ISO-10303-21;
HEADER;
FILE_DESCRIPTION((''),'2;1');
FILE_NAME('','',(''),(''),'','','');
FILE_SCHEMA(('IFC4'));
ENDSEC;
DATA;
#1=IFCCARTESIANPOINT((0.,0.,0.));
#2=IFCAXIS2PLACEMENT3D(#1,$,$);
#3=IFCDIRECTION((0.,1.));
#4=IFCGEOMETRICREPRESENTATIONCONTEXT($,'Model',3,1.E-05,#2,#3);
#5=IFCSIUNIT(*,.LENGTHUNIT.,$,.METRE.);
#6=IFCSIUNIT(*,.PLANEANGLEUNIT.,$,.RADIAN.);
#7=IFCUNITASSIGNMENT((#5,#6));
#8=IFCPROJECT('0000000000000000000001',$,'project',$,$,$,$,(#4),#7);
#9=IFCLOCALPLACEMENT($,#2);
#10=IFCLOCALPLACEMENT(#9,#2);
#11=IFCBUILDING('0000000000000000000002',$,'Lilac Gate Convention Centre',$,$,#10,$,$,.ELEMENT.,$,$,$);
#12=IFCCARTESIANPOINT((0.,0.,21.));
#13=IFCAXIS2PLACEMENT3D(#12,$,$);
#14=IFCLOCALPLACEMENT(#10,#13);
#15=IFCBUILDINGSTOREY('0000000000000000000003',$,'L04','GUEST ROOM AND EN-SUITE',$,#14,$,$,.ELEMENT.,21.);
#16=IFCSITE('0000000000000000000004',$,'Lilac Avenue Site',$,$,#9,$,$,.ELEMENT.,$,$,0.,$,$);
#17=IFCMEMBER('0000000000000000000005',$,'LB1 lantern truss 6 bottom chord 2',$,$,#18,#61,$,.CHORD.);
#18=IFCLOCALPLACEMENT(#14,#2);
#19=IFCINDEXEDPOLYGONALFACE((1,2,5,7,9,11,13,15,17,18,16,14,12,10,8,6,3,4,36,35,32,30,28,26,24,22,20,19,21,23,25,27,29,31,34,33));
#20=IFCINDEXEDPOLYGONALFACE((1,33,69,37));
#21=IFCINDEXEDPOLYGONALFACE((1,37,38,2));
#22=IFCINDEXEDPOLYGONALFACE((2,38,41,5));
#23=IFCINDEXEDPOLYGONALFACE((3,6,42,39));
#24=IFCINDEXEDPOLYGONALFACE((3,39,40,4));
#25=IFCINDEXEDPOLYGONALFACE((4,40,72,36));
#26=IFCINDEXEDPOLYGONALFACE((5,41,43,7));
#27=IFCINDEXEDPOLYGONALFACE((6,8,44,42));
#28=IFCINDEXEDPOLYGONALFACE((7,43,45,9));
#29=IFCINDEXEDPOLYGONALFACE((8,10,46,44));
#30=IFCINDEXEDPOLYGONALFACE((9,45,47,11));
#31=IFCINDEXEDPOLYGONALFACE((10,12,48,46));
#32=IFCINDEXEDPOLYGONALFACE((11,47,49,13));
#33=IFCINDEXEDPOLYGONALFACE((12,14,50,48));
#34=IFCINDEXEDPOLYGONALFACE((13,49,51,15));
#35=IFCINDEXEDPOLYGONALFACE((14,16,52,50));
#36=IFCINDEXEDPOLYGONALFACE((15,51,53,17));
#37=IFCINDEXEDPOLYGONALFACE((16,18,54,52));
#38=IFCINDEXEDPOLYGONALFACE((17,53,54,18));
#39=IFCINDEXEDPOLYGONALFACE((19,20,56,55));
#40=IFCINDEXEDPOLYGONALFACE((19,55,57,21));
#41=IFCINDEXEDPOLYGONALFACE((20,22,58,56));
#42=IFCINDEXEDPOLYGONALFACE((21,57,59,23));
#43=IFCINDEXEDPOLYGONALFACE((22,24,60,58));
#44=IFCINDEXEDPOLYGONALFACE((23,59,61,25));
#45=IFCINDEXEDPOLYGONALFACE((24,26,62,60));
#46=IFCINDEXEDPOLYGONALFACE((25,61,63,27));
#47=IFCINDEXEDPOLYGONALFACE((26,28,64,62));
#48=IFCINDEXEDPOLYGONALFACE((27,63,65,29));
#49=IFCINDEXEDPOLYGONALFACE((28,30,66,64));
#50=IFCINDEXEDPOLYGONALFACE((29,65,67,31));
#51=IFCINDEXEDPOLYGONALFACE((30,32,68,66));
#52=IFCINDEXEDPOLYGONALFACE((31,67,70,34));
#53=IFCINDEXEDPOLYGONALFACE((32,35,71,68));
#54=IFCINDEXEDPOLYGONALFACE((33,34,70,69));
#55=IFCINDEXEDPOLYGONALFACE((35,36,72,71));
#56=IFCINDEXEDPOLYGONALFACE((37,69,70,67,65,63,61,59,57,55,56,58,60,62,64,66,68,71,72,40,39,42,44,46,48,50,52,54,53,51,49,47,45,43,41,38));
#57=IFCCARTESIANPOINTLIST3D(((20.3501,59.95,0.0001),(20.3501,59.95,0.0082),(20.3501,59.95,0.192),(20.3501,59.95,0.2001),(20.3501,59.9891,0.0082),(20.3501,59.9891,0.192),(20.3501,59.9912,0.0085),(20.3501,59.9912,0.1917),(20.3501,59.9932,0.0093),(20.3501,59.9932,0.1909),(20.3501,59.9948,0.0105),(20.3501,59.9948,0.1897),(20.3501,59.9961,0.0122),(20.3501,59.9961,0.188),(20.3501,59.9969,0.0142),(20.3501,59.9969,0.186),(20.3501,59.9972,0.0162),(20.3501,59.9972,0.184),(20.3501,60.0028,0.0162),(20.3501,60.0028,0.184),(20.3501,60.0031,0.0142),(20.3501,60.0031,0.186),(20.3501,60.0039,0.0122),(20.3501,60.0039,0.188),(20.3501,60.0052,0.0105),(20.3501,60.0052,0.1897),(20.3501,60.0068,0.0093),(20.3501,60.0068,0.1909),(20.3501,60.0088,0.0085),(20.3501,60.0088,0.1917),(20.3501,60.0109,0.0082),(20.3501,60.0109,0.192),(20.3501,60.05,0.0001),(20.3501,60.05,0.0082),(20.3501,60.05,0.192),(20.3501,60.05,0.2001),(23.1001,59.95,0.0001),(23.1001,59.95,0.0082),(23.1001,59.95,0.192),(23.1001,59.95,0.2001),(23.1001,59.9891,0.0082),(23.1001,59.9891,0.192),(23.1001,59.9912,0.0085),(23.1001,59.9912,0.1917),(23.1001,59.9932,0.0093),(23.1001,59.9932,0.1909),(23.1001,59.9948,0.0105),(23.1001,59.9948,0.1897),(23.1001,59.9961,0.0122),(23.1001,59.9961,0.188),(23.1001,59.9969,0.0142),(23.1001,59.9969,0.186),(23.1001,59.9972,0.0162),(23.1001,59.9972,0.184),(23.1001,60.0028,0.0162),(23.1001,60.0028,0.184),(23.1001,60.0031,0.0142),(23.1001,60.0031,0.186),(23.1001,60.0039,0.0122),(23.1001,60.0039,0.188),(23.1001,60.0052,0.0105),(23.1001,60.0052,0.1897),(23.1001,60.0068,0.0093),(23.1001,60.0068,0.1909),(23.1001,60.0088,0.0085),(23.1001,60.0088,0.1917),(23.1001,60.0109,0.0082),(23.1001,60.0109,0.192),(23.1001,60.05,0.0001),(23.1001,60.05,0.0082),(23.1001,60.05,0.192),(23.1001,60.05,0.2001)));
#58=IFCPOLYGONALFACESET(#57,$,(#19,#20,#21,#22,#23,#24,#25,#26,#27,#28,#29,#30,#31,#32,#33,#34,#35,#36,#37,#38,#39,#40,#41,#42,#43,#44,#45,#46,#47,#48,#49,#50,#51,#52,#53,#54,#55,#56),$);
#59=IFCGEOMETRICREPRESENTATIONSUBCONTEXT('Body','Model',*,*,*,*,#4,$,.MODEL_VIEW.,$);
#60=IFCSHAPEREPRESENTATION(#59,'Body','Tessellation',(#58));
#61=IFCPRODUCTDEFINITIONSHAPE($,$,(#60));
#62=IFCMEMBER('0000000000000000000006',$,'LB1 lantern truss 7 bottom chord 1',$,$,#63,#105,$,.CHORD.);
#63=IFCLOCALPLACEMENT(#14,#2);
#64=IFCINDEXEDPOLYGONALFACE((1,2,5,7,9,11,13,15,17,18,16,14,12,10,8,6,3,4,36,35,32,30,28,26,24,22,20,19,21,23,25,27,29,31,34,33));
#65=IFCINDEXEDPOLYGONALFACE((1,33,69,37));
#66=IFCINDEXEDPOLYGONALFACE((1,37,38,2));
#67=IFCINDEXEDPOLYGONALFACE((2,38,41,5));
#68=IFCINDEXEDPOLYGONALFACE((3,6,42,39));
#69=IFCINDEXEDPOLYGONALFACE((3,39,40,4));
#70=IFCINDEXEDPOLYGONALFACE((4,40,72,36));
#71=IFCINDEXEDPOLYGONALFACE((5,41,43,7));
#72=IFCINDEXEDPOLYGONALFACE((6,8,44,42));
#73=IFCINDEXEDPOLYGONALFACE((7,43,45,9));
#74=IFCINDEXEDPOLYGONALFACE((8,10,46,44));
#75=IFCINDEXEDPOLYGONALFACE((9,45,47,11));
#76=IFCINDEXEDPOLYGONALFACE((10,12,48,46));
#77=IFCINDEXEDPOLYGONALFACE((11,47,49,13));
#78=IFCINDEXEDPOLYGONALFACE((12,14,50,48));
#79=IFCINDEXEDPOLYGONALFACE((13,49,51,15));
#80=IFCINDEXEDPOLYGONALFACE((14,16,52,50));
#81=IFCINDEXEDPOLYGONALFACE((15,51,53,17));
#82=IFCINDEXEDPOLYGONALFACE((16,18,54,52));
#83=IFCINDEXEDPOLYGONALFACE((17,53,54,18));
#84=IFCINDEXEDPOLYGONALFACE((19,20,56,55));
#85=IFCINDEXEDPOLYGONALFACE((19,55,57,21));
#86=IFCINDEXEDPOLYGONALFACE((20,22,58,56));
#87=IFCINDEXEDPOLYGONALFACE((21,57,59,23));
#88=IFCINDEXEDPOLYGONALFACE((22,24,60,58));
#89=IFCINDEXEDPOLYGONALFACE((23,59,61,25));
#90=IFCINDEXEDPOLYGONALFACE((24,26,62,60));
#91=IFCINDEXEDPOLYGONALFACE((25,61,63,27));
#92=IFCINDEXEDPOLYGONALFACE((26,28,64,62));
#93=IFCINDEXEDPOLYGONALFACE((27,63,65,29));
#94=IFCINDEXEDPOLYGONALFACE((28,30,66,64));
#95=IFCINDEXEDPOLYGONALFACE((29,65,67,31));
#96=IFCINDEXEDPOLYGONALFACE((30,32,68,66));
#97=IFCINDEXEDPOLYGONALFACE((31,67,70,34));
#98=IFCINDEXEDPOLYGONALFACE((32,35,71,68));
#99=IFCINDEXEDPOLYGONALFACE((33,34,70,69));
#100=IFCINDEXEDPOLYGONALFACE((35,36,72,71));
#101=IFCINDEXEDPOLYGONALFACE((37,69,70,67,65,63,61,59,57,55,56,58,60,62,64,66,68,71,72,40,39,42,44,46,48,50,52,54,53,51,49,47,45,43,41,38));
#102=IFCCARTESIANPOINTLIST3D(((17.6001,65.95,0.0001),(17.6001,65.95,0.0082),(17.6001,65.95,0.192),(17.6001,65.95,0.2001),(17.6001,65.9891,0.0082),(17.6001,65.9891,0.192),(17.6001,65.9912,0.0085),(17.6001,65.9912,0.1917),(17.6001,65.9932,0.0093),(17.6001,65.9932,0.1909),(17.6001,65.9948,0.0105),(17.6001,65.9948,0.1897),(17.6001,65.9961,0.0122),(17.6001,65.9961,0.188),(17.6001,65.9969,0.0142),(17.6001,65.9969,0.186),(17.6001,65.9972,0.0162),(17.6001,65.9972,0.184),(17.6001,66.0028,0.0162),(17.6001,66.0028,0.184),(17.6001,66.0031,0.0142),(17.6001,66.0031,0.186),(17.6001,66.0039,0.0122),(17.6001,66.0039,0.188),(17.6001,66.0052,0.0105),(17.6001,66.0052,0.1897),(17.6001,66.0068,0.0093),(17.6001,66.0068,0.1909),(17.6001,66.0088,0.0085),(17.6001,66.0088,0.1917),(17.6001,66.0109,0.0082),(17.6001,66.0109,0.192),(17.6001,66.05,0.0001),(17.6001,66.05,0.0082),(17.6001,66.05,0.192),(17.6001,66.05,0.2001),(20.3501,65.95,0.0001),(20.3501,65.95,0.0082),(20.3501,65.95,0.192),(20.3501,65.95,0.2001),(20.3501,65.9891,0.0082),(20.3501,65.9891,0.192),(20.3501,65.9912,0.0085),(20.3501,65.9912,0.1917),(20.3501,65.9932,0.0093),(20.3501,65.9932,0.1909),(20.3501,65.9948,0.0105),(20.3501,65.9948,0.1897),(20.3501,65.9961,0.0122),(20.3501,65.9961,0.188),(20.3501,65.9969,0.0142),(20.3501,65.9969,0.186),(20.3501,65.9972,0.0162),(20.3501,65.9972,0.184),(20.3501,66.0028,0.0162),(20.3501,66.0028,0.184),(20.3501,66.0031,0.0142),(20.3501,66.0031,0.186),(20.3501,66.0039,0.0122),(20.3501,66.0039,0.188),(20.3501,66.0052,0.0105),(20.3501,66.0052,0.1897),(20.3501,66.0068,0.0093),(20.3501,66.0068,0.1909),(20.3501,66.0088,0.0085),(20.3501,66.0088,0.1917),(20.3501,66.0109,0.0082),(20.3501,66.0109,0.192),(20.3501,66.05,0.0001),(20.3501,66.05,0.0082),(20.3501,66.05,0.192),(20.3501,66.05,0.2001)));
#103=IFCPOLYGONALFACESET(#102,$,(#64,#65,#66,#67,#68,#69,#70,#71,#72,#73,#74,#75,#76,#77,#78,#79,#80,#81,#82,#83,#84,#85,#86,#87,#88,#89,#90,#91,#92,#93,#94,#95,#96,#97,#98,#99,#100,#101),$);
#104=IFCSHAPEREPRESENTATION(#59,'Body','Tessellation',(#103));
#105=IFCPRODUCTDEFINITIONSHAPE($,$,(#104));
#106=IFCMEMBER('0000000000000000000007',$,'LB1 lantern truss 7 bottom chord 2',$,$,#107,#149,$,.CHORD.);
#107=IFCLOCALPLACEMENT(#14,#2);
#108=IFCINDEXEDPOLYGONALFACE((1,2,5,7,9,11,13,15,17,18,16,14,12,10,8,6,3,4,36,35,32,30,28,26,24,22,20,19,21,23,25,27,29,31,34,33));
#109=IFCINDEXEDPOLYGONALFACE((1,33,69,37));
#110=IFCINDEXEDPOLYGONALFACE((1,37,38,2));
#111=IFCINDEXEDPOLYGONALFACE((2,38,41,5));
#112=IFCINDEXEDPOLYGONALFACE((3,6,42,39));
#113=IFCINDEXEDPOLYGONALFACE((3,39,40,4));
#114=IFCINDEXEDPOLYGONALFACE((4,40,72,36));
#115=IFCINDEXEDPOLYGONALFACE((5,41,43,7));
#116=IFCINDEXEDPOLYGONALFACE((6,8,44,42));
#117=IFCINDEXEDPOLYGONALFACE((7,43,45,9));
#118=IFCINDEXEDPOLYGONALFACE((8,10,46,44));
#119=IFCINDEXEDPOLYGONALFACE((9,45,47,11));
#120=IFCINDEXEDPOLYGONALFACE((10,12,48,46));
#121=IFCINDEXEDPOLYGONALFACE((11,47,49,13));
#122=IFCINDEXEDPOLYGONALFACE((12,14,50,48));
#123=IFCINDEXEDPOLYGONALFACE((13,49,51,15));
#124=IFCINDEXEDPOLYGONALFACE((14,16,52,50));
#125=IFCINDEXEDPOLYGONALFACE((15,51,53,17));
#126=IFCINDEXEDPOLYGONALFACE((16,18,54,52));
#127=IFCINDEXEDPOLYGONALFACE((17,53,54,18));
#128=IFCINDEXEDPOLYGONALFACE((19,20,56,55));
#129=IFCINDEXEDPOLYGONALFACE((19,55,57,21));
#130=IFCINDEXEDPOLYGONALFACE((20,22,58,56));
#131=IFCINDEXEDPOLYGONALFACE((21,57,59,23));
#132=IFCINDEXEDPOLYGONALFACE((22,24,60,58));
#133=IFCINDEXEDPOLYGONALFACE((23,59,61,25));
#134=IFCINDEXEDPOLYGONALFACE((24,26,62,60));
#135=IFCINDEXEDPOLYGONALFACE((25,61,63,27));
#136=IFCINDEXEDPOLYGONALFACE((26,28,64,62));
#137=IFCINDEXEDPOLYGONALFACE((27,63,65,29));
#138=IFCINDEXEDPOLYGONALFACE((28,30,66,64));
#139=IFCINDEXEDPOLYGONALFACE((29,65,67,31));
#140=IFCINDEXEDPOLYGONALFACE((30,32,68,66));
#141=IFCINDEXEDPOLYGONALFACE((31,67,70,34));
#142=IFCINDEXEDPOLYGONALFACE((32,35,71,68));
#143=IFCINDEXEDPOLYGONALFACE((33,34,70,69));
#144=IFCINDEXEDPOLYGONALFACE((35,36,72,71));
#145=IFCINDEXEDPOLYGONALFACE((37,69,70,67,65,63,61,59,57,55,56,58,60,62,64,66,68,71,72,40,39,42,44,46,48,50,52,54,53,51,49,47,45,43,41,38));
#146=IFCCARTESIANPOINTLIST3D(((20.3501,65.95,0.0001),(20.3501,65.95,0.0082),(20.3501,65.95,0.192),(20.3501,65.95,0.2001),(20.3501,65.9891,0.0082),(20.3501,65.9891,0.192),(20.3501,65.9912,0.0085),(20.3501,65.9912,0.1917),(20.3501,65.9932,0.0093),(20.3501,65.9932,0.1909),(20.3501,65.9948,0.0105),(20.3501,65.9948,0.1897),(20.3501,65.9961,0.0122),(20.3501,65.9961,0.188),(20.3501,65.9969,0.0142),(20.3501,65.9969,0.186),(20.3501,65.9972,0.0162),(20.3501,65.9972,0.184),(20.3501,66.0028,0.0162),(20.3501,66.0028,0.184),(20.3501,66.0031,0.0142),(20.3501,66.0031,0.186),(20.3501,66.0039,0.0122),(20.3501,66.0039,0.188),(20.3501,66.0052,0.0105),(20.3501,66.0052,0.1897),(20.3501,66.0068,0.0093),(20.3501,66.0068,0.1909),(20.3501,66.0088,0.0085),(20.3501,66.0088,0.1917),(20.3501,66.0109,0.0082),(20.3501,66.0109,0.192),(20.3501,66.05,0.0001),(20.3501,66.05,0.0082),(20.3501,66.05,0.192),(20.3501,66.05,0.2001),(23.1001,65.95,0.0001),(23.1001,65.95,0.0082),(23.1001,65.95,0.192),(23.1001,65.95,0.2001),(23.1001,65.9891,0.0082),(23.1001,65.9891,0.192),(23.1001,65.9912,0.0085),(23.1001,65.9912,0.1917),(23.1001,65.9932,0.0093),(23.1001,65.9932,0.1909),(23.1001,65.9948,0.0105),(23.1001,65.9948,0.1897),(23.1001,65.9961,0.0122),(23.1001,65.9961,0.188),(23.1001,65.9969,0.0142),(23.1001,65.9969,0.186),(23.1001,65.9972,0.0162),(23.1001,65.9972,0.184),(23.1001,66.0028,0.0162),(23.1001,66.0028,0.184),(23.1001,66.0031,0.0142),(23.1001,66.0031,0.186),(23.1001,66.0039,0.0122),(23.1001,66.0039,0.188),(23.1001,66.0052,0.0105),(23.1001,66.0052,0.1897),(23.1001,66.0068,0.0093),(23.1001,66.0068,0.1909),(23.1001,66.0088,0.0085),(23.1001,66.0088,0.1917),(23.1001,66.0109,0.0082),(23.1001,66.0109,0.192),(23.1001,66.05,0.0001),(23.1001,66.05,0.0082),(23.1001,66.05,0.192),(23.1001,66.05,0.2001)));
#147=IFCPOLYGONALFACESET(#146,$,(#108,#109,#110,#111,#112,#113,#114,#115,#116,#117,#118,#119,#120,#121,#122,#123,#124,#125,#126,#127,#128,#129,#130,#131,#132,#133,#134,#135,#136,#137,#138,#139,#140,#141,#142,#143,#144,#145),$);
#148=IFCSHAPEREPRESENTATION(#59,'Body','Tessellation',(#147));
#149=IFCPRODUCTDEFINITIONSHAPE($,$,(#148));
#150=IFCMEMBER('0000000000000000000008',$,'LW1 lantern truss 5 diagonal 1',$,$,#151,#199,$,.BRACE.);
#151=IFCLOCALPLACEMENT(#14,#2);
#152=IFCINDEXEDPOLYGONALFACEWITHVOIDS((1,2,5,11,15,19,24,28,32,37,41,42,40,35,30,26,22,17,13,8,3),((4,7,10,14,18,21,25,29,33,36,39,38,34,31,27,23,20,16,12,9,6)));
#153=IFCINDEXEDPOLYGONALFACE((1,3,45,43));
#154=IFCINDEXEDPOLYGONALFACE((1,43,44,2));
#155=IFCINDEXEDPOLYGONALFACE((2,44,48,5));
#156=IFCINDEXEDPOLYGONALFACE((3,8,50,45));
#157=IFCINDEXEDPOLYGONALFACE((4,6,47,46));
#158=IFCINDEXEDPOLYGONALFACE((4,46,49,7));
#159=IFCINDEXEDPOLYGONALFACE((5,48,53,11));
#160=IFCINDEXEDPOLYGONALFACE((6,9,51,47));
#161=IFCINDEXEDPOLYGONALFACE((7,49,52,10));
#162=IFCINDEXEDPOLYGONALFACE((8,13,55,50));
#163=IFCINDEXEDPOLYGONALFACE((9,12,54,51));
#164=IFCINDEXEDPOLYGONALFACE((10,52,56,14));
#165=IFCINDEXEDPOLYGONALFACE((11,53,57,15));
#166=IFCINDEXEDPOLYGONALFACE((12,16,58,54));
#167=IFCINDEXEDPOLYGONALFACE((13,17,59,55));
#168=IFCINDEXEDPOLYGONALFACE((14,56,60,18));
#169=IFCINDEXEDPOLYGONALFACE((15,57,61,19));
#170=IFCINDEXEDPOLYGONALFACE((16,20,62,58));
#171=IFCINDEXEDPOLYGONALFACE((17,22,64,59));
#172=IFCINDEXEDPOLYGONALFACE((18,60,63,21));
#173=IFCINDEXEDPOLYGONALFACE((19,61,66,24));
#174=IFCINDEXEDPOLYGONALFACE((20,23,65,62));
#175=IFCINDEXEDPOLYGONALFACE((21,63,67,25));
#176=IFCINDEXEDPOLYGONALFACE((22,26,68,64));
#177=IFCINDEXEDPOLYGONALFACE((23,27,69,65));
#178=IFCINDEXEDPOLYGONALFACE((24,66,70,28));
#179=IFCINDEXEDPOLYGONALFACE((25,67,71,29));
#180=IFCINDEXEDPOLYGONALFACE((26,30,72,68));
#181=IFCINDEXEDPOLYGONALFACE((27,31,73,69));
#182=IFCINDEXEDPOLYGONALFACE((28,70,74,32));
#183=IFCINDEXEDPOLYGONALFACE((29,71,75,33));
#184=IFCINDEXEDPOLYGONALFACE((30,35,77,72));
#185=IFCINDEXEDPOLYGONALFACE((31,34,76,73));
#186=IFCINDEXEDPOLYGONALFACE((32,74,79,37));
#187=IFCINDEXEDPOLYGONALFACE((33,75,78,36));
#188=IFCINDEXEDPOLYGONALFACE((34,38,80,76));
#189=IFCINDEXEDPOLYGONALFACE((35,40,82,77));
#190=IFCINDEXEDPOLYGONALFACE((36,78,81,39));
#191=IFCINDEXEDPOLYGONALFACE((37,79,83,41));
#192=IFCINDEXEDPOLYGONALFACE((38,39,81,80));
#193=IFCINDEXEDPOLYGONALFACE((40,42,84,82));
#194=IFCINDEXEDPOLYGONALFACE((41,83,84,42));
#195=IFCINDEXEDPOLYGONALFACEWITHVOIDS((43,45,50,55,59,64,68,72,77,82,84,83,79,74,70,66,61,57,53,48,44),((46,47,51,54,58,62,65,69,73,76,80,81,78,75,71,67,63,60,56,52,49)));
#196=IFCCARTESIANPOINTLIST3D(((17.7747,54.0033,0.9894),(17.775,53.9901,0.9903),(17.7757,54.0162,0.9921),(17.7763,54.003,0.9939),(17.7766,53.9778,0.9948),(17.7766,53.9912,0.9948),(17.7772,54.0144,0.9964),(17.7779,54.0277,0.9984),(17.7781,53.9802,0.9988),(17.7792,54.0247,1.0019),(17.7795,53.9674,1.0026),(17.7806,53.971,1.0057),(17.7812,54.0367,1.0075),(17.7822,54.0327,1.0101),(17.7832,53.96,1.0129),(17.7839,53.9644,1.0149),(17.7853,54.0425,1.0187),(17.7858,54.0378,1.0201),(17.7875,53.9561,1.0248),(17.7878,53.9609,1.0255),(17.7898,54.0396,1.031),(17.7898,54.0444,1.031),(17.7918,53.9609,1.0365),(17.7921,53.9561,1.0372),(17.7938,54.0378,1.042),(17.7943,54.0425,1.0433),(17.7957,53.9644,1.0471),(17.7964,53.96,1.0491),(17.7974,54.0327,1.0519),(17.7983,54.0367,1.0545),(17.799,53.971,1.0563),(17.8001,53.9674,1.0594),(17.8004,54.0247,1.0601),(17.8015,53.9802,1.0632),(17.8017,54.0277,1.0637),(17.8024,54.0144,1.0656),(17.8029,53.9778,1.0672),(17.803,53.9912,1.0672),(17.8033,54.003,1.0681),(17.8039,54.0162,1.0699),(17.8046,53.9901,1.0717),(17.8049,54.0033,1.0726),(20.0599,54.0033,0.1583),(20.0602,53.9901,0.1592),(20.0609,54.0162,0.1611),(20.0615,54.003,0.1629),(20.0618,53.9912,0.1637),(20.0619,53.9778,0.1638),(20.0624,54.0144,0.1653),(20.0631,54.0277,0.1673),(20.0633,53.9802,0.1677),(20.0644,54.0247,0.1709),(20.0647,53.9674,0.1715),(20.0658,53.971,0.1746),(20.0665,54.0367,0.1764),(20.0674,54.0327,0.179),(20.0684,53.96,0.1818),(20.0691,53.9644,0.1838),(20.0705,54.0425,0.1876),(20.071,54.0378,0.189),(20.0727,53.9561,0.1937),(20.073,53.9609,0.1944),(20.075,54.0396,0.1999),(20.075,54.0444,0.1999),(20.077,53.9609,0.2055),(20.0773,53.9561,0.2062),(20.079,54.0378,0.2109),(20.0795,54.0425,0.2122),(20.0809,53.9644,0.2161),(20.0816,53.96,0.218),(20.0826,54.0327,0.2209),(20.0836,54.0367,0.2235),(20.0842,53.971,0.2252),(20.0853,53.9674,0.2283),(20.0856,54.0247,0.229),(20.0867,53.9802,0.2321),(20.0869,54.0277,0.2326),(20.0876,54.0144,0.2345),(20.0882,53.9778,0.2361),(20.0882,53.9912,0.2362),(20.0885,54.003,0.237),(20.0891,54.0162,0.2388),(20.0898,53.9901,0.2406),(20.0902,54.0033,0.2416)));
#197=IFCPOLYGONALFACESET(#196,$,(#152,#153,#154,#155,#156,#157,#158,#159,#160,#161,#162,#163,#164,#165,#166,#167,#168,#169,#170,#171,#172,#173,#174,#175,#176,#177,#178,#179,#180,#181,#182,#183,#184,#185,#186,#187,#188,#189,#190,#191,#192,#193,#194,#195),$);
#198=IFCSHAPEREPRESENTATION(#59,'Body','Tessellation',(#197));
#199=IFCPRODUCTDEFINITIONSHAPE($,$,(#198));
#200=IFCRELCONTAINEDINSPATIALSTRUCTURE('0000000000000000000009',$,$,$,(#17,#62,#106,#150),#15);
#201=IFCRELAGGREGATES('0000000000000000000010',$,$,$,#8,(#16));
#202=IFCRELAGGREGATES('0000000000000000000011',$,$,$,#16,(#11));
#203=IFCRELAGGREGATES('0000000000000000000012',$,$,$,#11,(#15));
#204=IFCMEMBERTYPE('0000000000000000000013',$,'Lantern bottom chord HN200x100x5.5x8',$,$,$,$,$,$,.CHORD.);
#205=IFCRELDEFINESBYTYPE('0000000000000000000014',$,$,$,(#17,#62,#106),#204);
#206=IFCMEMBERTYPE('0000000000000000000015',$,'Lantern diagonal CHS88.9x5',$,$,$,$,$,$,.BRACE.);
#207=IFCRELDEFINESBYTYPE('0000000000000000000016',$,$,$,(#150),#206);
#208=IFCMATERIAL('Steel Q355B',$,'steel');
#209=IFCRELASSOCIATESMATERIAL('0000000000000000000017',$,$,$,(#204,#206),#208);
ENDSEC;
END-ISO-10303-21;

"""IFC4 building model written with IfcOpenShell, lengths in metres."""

from ifc_helpers import new_model, si_unit, direction, frame, origin, origin_2d, place, context, subcontext, project, spatial, hollow_circle, i_section, extrude, material, material_profile, profile_set, type_object, element, save


model = new_model("IFC4")

# Units and contexts
model_context = context("Model", 3, precision=1e-05, world=origin(), true_north=direction((0.0, 1.0)))
body_context = subcontext(model_context, "Body", "Model", "MODEL_VIEW")
ifc_project = project(units=[si_unit("LENGTHUNIT", "METRE"), si_unit("PLANEANGLEUNIT", "RADIAN")], contexts=[model_context])

# Site, building, storey
site_placement = place(None, origin())
site = spatial("IfcSite", under=ifc_project, at=site_placement, Name="Lilac Avenue Site", CompositionType="ELEMENT", RefElevation=0.0)
building_placement = place(site_placement, origin())
building = spatial("IfcBuilding", under=site, at=building_placement, Name="Lilac Gate Convention Centre", CompositionType="ELEMENT")
storey_placement = place(building_placement, frame((0.0, 0.0, 21.0)))
storey = spatial("IfcBuildingStorey", under=building, at=storey_placement, Name="L04", Description="GUEST ROOM AND EN-SUITE", CompositionType="ELEMENT", Elevation=21.0)

# Members
ifc_material_1 = material(Name="Steel Q355B", Category="steel")
ifc_material_profile_1 = material_profile(ifc_material_1, i_section(OverallWidth=0.1001, OverallDepth=0.2, WebThickness=0.0056, FlangeThickness=0.0081, FilletRadius=0.0081, at=origin_2d()), Name="HN200x100x5.5x8")
ifc_profile_set_1 = profile_set([ifc_material_profile_1], Name="Steel Q355B")
member_type_1 = type_object("IfcMemberType", Name="Lantern bottom chord HN200x100x5.5x8", PredefinedType="CHORD", material=ifc_profile_set_1)
for number, where, z_axis, x_axis, name in (
    (1, (20.3501, 60.0, 0.1001), (1.0, 0.0, 0.0), (0.0, 1.0, 0.0), "LB1 lantern truss 6 bottom chord 2"),
    (2, (17.6001, 66.0, 0.1001), (1.0, 0.0, 0.0), (0.0, 1.0, 0.0), "LB1 lantern truss 7 bottom chord 1"),
    (3, (20.3501, 66.0, 0.1001), (1.0, 0.0, 0.0), (0.0, 1.0, 0.0), "LB1 lantern truss 7 bottom chord 2"),
):
    element("IfcMember", number, at=place(storey_placement, frame(where, z_axis=z_axis, x_axis=x_axis)), inside=storey, type_object=member_type_1, Name=name, PredefinedType="CHORD", context=body_context, shape_type="SweptSolid", body=[
        extrude(i_section(OverallWidth=0.1001, OverallDepth=0.2, WebThickness=0.0056, FlangeThickness=0.0081, FilletRadius=0.0081, at=origin_2d()), origin(), (0.0, 0.0, 1.0), 2.75),
    ])
ifc_material_profile_2 = material_profile(ifc_material_1, hollow_circle(Radius=0.0444, WallThickness=0.0049, at=origin_2d()), Name="CHS88.9x5")
ifc_profile_set_2 = profile_set([ifc_material_profile_2], Name="Steel Q355B")
member_type_2 = type_object("IfcMemberType", Name="Lantern diagonal CHS88.9x5", PredefinedType="BRACE", material=ifc_profile_set_2)
member_1_placement = place(storey_placement, frame((17.7898, 54.0, 1.031), z_axis=(0.939782, 0.0, -0.341775), x_axis=(0.0, 1.0, 0.0)))
element("IfcMember", 4, at=member_1_placement, inside=storey, type_object=member_type_2, Name="LW1 lantern truss 5 diagonal 1", PredefinedType="BRACE", context=body_context, shape_type="SweptSolid", body=[
    extrude(hollow_circle(Radius=0.0444, WallThickness=0.0049, at=origin_2d()), origin(), (0.0, 0.0, 1.0), 2.4316),
])

save(model, "model.ifc")
